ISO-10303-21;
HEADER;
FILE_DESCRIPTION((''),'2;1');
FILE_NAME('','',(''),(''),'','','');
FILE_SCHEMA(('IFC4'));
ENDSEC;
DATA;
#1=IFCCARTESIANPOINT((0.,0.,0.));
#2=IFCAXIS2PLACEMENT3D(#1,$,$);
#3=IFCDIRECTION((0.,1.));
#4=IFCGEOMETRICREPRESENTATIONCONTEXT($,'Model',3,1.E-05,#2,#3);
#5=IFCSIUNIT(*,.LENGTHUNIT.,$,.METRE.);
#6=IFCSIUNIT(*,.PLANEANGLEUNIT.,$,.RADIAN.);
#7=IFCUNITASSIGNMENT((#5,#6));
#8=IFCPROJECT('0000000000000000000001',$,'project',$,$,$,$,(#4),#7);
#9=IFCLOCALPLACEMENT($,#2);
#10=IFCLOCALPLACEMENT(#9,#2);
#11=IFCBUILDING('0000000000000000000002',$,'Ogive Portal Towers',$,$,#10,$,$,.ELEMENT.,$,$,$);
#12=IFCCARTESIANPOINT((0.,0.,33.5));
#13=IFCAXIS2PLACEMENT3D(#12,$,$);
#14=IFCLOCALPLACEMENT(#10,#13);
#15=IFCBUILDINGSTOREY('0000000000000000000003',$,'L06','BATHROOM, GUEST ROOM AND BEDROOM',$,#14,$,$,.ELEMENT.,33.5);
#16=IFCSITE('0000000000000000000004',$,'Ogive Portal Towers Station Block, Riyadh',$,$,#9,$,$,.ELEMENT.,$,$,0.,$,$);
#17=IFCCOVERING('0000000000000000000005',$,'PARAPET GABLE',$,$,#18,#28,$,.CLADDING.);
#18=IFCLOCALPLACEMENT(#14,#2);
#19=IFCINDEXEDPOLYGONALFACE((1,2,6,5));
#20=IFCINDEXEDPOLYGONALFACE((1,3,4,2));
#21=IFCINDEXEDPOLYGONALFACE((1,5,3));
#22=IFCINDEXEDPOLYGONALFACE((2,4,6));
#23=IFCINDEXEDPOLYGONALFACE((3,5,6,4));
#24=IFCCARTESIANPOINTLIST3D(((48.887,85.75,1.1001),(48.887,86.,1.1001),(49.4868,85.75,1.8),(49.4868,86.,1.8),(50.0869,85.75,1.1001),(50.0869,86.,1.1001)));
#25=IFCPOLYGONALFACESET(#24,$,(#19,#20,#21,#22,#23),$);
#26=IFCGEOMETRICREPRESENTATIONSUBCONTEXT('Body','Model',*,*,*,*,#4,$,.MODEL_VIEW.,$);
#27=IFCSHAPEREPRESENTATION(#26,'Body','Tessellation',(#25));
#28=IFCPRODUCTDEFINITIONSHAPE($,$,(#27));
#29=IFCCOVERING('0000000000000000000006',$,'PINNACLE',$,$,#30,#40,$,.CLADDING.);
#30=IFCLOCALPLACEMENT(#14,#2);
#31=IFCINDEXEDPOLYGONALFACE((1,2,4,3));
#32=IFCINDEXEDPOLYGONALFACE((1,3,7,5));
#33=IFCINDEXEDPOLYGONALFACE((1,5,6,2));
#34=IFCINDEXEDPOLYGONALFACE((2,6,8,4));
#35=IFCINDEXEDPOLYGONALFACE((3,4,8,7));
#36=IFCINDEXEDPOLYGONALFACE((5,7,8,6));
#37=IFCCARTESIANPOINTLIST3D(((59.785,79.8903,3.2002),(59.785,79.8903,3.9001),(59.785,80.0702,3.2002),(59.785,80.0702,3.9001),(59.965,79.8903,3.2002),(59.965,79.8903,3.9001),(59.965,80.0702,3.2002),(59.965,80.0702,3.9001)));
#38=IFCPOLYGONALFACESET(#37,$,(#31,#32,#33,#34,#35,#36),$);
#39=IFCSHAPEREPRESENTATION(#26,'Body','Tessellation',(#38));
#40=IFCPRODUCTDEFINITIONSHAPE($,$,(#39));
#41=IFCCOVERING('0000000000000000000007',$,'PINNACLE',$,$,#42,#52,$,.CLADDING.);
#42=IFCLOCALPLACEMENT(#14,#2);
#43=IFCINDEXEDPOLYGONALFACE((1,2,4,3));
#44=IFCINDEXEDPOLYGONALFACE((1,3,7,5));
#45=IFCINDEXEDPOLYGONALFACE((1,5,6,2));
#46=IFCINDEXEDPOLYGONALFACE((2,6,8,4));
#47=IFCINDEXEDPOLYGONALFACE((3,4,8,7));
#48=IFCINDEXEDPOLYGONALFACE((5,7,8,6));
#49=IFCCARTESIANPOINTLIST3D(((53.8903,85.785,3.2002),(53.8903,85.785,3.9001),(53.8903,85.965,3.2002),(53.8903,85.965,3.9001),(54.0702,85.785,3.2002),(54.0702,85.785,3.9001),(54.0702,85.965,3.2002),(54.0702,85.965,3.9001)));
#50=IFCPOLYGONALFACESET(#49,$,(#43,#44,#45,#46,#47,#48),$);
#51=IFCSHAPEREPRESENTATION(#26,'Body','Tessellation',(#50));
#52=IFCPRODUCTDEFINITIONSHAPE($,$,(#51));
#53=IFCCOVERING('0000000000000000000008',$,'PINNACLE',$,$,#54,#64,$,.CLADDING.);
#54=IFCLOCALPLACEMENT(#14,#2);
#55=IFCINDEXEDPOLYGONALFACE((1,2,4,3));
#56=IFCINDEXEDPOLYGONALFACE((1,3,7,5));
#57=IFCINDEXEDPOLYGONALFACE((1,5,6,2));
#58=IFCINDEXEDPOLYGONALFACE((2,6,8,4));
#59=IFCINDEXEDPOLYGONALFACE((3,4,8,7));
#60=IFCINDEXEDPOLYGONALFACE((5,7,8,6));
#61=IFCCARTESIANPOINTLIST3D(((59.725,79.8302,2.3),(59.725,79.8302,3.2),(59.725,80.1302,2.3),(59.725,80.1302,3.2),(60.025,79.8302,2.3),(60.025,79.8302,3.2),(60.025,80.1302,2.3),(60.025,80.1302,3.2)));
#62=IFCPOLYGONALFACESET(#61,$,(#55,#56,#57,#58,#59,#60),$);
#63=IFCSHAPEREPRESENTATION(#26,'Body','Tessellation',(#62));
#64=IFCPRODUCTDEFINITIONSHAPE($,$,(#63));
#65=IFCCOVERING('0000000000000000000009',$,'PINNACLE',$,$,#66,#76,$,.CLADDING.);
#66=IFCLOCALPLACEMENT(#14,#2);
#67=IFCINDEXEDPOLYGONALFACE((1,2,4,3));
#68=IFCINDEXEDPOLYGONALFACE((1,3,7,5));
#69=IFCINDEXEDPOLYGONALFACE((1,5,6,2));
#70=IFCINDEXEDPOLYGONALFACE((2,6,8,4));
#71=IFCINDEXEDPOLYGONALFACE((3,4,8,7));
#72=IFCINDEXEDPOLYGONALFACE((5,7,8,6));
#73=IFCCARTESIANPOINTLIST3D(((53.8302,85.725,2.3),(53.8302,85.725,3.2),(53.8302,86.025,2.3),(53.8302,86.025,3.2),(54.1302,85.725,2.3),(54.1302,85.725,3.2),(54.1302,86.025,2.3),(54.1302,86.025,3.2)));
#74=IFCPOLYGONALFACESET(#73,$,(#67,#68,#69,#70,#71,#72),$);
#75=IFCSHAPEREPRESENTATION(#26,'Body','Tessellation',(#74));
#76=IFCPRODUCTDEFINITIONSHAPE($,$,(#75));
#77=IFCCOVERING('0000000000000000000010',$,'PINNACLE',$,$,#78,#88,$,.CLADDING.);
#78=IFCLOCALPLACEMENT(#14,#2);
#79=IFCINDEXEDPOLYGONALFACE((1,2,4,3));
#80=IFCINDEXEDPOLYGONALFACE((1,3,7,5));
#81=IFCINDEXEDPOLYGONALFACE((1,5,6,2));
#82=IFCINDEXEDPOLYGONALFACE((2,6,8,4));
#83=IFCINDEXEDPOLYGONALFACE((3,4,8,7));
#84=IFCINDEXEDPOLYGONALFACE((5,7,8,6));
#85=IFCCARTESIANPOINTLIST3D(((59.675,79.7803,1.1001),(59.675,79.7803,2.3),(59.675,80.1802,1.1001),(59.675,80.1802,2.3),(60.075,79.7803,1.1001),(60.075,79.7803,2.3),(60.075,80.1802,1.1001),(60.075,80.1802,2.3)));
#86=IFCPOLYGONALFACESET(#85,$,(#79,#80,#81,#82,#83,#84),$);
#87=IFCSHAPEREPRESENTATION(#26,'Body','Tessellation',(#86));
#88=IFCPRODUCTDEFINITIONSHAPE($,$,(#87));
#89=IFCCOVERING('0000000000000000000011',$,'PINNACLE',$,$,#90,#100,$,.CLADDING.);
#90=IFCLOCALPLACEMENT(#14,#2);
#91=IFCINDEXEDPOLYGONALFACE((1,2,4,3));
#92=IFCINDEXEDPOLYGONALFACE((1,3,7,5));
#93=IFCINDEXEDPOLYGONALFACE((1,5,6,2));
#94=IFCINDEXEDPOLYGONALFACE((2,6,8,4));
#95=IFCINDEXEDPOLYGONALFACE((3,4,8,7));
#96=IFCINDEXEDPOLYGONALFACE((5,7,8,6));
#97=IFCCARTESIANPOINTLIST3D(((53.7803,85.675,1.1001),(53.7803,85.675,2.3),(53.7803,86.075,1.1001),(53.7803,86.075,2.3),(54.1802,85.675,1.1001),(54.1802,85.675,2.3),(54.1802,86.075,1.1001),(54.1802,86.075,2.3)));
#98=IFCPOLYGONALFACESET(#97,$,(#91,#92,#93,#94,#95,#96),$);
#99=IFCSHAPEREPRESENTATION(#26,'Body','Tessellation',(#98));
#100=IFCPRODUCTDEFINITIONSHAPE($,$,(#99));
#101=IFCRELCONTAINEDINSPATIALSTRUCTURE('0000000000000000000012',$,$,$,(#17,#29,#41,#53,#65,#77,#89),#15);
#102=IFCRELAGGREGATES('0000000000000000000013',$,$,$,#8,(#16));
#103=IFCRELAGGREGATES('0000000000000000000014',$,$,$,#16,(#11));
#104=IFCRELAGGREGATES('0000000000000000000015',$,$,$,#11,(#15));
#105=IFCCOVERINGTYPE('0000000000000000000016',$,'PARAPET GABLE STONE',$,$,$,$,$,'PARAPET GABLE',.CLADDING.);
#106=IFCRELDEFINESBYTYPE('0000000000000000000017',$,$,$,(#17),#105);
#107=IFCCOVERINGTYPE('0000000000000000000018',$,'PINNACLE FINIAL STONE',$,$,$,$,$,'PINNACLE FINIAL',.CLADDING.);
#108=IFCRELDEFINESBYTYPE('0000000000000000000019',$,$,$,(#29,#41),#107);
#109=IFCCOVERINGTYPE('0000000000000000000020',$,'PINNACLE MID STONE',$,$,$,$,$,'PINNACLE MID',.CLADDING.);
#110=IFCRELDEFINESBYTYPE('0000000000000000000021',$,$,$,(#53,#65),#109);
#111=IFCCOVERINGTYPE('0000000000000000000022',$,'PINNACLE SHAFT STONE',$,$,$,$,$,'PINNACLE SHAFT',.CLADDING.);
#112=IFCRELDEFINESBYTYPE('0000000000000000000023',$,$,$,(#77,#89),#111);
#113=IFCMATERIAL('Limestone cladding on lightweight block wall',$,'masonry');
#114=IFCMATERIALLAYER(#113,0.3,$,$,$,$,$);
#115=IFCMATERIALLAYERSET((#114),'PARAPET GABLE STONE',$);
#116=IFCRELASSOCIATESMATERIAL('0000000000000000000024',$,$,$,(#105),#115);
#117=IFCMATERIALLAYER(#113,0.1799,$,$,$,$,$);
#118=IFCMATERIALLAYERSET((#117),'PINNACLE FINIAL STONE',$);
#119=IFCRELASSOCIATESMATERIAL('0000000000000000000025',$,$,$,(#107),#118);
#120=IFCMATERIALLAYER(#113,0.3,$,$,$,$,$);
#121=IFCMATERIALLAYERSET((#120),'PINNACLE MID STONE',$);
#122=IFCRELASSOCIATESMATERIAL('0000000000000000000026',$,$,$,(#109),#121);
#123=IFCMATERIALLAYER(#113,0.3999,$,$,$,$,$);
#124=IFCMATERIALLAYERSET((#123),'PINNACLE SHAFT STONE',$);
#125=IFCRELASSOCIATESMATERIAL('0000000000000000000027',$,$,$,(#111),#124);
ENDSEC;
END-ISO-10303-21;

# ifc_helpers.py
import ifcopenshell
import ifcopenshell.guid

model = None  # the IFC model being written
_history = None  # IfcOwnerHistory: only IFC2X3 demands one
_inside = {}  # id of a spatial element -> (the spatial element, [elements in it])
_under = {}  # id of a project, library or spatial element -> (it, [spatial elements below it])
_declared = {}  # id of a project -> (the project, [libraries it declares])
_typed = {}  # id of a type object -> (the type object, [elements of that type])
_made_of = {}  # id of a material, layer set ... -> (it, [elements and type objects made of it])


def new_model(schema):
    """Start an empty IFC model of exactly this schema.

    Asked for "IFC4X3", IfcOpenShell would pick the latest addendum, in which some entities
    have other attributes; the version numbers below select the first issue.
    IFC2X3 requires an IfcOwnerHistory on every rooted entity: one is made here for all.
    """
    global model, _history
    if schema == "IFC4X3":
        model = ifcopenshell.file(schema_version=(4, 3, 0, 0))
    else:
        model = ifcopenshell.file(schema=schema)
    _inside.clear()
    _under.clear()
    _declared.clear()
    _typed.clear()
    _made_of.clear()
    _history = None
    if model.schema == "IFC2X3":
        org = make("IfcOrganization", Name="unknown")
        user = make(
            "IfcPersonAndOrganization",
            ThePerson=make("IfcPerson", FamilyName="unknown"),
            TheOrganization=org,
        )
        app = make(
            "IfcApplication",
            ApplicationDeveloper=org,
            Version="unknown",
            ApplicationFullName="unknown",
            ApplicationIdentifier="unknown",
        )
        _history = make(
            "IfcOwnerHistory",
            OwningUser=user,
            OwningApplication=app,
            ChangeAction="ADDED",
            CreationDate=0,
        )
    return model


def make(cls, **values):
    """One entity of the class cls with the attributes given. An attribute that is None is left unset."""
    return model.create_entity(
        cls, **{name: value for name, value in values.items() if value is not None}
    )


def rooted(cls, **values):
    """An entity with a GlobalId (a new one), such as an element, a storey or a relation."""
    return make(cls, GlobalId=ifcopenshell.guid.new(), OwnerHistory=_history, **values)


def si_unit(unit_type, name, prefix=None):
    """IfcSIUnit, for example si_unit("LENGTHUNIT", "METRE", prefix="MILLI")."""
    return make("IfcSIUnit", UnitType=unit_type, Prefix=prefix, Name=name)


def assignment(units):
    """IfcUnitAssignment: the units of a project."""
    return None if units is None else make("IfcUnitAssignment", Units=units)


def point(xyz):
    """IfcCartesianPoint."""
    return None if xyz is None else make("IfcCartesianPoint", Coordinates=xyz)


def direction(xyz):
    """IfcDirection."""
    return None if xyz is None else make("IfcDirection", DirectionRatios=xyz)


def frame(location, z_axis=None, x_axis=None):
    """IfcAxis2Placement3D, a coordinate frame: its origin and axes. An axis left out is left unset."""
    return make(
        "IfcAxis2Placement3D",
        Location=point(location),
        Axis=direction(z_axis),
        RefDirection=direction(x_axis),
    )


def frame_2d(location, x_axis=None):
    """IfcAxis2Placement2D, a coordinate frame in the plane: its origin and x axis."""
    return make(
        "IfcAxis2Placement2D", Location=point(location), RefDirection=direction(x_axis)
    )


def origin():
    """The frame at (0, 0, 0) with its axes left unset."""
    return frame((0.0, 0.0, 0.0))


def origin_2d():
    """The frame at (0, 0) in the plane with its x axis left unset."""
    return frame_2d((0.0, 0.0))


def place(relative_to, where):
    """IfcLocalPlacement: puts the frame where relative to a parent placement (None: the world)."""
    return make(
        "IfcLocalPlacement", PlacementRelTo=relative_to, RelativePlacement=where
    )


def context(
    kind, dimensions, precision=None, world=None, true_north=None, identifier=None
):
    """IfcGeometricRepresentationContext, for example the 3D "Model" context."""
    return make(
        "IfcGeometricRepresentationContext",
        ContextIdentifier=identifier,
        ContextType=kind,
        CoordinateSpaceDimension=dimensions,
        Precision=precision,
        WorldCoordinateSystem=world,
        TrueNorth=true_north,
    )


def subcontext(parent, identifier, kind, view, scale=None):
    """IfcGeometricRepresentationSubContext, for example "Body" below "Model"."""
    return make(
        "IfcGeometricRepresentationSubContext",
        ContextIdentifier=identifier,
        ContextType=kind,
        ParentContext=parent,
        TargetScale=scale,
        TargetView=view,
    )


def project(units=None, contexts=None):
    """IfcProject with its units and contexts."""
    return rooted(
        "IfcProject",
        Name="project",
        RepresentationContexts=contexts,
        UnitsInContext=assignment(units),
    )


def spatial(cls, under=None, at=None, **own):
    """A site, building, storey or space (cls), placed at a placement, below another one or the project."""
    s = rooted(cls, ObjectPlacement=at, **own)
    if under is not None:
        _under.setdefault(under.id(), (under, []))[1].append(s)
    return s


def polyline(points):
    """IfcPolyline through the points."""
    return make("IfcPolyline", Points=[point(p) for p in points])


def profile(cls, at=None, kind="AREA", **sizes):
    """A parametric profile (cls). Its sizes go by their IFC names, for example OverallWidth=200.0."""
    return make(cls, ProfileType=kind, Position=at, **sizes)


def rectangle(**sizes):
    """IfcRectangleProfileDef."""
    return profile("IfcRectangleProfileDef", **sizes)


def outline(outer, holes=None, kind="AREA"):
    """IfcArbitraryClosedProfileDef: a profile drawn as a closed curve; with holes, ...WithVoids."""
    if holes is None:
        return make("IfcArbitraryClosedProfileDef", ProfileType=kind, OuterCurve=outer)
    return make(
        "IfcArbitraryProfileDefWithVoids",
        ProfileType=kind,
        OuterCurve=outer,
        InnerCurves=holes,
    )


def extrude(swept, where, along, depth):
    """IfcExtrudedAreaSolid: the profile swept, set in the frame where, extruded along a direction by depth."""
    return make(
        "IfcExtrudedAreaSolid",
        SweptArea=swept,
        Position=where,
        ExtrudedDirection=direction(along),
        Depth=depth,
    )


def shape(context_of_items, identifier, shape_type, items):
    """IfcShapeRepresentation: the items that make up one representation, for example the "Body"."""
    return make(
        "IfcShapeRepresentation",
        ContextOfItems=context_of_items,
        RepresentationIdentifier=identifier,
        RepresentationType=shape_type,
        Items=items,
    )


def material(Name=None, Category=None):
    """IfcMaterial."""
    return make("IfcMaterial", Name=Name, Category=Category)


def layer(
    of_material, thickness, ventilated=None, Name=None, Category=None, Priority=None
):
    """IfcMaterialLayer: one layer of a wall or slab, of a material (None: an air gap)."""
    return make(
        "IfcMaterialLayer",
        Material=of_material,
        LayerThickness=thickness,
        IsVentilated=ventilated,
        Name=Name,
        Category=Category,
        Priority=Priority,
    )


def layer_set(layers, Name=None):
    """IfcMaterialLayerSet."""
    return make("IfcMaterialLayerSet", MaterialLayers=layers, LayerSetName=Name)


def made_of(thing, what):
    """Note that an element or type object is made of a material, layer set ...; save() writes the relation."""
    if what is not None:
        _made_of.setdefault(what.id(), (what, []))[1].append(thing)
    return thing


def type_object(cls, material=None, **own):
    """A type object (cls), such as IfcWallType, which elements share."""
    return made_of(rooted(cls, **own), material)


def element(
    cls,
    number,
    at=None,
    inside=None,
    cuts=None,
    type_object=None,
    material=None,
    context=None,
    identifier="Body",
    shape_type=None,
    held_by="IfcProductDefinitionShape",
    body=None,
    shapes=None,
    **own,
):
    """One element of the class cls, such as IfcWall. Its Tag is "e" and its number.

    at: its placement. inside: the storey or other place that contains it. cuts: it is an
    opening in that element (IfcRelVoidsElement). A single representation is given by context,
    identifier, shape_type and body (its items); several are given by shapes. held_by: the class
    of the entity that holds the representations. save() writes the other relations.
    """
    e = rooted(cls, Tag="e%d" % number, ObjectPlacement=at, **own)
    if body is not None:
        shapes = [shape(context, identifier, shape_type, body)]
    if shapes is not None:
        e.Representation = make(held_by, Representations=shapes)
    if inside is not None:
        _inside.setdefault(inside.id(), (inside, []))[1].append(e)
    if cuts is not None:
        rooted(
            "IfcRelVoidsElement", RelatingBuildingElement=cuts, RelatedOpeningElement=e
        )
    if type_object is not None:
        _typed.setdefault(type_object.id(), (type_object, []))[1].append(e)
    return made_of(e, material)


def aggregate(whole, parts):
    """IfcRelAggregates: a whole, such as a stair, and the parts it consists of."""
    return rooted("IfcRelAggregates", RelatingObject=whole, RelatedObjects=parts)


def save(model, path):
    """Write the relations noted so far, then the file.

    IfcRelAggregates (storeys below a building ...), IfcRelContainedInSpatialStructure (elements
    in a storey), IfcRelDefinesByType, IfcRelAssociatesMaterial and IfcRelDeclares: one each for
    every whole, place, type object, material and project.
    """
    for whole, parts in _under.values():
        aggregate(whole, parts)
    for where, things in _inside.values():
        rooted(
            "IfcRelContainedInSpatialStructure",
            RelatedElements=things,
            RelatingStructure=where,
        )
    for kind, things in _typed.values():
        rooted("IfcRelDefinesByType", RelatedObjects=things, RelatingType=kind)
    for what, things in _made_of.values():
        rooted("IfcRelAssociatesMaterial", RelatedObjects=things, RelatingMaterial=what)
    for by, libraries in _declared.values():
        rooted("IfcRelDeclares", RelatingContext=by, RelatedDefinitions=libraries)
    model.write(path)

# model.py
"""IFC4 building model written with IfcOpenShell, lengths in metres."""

from ifc_helpers import new_model, si_unit, direction, frame, origin, origin_2d, place, context, subcontext, project, spatial, polyline, rectangle, outline, extrude, material, layer, layer_set, type_object, element, save


model = new_model("IFC4")

# Units and contexts
model_context = context("Model", 3, precision=1e-05, world=origin(), true_north=direction((0.0, 1.0)))
body_context = subcontext(model_context, "Body", "Model", "MODEL_VIEW")
ifc_project = project(units=[si_unit("LENGTHUNIT", "METRE"), si_unit("PLANEANGLEUNIT", "RADIAN")], contexts=[model_context])

# Site, building, storey
site_placement = place(None, origin())
site = spatial("IfcSite", under=ifc_project, at=site_placement, Name="Ogive Portal Towers Station Block, Riyadh", CompositionType="ELEMENT", RefElevation=0.0)
building_placement = place(site_placement, origin())
building = spatial("IfcBuilding", under=site, at=building_placement, Name="Ogive Portal Towers", CompositionType="ELEMENT")
storey_placement = place(building_placement, frame((0.0, 0.0, 33.5)))
storey = spatial("IfcBuildingStorey", under=building, at=storey_placement, Name="L06", Description="BATHROOM, GUEST ROOM AND BEDROOM", CompositionType="ELEMENT", Elevation=33.5)

# Shared definitions
ifc_material_1 = material(Name="Limestone cladding on lightweight block wall", Category="masonry")

# Coverings
ifc_layer_1 = layer(ifc_material_1, 0.3)
ifc_layer_set_1 = layer_set([ifc_layer_1], Name="PARAPET GABLE STONE")
covering_type_1 = type_object("IfcCoveringType", Name="PARAPET GABLE STONE", ElementType="PARAPET GABLE", PredefinedType="CLADDING", material=ifc_layer_set_1)
covering_1_placement = place(storey_placement, frame((48.887, 85.75, 1.1001), z_axis=(0.0, -1.0, 0.0), x_axis=(1.0, 0.0, 0.0)))
element("IfcCovering", 1, at=covering_1_placement, inside=storey, type_object=covering_type_1, Name="PARAPET GABLE", PredefinedType="CLADDING", context=body_context, shape_type="SweptSolid", body=[
    extrude(outline(polyline([(0.0, 0.0), (1.2, 0.0), (0.5999, 0.7), (0.0, 0.0)])), origin(), (0.0, 0.0, -1.0), 0.25),
])
ifc_layer_2 = layer(ifc_material_1, 0.1799)
ifc_layer_set_2 = layer_set([ifc_layer_2], Name="PINNACLE FINIAL STONE")
covering_type_2 = type_object("IfcCoveringType", Name="PINNACLE FINIAL STONE", ElementType="PINNACLE FINIAL", PredefinedType="CLADDING", material=ifc_layer_set_2)
for number, where, z_axis, x_axis, name in (
    (2, (59.875, 79.9802, 3.2002), (0.0, 0.0, 1.0), (1.0, 0.0, 0.0), "PINNACLE"),
    (3, (53.9802, 85.875, 3.2002), (0.0, 0.0, 1.0), (1.0, 0.0, 0.0), "PINNACLE"),
):
    element("IfcCovering", number, at=place(storey_placement, frame(where, z_axis=z_axis, x_axis=x_axis)), inside=storey, type_object=covering_type_2, Name=name, PredefinedType="CLADDING", context=body_context, shape_type="SweptSolid", body=[
        extrude(rectangle(XDim=0.1799, YDim=0.1799, at=origin_2d()), origin(), (0.0, 0.0, 1.0), 0.7),
    ])
ifc_layer_3 = layer(ifc_material_1, 0.3)
ifc_layer_set_3 = layer_set([ifc_layer_3], Name="PINNACLE MID STONE")
covering_type_3 = type_object("IfcCoveringType", Name="PINNACLE MID STONE", ElementType="PINNACLE MID", PredefinedType="CLADDING", material=ifc_layer_set_3)
for number, where, z_axis, x_axis, name in (
    (4, (59.875, 79.9802, 2.3), (0.0, 0.0, 1.0), (1.0, 0.0, 0.0), "PINNACLE"),
    (5, (53.9802, 85.875, 2.3), (0.0, 0.0, 1.0), (1.0, 0.0, 0.0), "PINNACLE"),
):
    element("IfcCovering", number, at=place(storey_placement, frame(where, z_axis=z_axis, x_axis=x_axis)), inside=storey, type_object=covering_type_3, Name=name, PredefinedType="CLADDING", context=body_context, shape_type="SweptSolid", body=[
        extrude(rectangle(XDim=0.3, YDim=0.3, at=origin_2d()), origin(), (0.0, 0.0, 1.0), 0.8999),
    ])
ifc_layer_4 = layer(ifc_material_1, 0.3999)
ifc_layer_set_4 = layer_set([ifc_layer_4], Name="PINNACLE SHAFT STONE")
covering_type_4 = type_object("IfcCoveringType", Name="PINNACLE SHAFT STONE", ElementType="PINNACLE SHAFT", PredefinedType="CLADDING", material=ifc_layer_set_4)
for number, where, z_axis, x_axis, name in (
    (6, (59.875, 79.9802, 1.1001), (0.0, 0.0, 1.0), (1.0, 0.0, 0.0), "PINNACLE"),
    (7, (53.9802, 85.875, 1.1001), (0.0, 0.0, 1.0), (1.0, 0.0, 0.0), "PINNACLE"),
):
    element("IfcCovering", number, at=place(storey_placement, frame(where, z_axis=z_axis, x_axis=x_axis)), inside=storey, type_object=covering_type_4, Name=name, PredefinedType="CLADDING", context=body_context, shape_type="SweptSolid", body=[
        extrude(rectangle(XDim=0.3999, YDim=0.3999, at=origin_2d()), origin(), (0.0, 0.0, 1.0), 1.2),
    ])

save(model, "model.ifc")
